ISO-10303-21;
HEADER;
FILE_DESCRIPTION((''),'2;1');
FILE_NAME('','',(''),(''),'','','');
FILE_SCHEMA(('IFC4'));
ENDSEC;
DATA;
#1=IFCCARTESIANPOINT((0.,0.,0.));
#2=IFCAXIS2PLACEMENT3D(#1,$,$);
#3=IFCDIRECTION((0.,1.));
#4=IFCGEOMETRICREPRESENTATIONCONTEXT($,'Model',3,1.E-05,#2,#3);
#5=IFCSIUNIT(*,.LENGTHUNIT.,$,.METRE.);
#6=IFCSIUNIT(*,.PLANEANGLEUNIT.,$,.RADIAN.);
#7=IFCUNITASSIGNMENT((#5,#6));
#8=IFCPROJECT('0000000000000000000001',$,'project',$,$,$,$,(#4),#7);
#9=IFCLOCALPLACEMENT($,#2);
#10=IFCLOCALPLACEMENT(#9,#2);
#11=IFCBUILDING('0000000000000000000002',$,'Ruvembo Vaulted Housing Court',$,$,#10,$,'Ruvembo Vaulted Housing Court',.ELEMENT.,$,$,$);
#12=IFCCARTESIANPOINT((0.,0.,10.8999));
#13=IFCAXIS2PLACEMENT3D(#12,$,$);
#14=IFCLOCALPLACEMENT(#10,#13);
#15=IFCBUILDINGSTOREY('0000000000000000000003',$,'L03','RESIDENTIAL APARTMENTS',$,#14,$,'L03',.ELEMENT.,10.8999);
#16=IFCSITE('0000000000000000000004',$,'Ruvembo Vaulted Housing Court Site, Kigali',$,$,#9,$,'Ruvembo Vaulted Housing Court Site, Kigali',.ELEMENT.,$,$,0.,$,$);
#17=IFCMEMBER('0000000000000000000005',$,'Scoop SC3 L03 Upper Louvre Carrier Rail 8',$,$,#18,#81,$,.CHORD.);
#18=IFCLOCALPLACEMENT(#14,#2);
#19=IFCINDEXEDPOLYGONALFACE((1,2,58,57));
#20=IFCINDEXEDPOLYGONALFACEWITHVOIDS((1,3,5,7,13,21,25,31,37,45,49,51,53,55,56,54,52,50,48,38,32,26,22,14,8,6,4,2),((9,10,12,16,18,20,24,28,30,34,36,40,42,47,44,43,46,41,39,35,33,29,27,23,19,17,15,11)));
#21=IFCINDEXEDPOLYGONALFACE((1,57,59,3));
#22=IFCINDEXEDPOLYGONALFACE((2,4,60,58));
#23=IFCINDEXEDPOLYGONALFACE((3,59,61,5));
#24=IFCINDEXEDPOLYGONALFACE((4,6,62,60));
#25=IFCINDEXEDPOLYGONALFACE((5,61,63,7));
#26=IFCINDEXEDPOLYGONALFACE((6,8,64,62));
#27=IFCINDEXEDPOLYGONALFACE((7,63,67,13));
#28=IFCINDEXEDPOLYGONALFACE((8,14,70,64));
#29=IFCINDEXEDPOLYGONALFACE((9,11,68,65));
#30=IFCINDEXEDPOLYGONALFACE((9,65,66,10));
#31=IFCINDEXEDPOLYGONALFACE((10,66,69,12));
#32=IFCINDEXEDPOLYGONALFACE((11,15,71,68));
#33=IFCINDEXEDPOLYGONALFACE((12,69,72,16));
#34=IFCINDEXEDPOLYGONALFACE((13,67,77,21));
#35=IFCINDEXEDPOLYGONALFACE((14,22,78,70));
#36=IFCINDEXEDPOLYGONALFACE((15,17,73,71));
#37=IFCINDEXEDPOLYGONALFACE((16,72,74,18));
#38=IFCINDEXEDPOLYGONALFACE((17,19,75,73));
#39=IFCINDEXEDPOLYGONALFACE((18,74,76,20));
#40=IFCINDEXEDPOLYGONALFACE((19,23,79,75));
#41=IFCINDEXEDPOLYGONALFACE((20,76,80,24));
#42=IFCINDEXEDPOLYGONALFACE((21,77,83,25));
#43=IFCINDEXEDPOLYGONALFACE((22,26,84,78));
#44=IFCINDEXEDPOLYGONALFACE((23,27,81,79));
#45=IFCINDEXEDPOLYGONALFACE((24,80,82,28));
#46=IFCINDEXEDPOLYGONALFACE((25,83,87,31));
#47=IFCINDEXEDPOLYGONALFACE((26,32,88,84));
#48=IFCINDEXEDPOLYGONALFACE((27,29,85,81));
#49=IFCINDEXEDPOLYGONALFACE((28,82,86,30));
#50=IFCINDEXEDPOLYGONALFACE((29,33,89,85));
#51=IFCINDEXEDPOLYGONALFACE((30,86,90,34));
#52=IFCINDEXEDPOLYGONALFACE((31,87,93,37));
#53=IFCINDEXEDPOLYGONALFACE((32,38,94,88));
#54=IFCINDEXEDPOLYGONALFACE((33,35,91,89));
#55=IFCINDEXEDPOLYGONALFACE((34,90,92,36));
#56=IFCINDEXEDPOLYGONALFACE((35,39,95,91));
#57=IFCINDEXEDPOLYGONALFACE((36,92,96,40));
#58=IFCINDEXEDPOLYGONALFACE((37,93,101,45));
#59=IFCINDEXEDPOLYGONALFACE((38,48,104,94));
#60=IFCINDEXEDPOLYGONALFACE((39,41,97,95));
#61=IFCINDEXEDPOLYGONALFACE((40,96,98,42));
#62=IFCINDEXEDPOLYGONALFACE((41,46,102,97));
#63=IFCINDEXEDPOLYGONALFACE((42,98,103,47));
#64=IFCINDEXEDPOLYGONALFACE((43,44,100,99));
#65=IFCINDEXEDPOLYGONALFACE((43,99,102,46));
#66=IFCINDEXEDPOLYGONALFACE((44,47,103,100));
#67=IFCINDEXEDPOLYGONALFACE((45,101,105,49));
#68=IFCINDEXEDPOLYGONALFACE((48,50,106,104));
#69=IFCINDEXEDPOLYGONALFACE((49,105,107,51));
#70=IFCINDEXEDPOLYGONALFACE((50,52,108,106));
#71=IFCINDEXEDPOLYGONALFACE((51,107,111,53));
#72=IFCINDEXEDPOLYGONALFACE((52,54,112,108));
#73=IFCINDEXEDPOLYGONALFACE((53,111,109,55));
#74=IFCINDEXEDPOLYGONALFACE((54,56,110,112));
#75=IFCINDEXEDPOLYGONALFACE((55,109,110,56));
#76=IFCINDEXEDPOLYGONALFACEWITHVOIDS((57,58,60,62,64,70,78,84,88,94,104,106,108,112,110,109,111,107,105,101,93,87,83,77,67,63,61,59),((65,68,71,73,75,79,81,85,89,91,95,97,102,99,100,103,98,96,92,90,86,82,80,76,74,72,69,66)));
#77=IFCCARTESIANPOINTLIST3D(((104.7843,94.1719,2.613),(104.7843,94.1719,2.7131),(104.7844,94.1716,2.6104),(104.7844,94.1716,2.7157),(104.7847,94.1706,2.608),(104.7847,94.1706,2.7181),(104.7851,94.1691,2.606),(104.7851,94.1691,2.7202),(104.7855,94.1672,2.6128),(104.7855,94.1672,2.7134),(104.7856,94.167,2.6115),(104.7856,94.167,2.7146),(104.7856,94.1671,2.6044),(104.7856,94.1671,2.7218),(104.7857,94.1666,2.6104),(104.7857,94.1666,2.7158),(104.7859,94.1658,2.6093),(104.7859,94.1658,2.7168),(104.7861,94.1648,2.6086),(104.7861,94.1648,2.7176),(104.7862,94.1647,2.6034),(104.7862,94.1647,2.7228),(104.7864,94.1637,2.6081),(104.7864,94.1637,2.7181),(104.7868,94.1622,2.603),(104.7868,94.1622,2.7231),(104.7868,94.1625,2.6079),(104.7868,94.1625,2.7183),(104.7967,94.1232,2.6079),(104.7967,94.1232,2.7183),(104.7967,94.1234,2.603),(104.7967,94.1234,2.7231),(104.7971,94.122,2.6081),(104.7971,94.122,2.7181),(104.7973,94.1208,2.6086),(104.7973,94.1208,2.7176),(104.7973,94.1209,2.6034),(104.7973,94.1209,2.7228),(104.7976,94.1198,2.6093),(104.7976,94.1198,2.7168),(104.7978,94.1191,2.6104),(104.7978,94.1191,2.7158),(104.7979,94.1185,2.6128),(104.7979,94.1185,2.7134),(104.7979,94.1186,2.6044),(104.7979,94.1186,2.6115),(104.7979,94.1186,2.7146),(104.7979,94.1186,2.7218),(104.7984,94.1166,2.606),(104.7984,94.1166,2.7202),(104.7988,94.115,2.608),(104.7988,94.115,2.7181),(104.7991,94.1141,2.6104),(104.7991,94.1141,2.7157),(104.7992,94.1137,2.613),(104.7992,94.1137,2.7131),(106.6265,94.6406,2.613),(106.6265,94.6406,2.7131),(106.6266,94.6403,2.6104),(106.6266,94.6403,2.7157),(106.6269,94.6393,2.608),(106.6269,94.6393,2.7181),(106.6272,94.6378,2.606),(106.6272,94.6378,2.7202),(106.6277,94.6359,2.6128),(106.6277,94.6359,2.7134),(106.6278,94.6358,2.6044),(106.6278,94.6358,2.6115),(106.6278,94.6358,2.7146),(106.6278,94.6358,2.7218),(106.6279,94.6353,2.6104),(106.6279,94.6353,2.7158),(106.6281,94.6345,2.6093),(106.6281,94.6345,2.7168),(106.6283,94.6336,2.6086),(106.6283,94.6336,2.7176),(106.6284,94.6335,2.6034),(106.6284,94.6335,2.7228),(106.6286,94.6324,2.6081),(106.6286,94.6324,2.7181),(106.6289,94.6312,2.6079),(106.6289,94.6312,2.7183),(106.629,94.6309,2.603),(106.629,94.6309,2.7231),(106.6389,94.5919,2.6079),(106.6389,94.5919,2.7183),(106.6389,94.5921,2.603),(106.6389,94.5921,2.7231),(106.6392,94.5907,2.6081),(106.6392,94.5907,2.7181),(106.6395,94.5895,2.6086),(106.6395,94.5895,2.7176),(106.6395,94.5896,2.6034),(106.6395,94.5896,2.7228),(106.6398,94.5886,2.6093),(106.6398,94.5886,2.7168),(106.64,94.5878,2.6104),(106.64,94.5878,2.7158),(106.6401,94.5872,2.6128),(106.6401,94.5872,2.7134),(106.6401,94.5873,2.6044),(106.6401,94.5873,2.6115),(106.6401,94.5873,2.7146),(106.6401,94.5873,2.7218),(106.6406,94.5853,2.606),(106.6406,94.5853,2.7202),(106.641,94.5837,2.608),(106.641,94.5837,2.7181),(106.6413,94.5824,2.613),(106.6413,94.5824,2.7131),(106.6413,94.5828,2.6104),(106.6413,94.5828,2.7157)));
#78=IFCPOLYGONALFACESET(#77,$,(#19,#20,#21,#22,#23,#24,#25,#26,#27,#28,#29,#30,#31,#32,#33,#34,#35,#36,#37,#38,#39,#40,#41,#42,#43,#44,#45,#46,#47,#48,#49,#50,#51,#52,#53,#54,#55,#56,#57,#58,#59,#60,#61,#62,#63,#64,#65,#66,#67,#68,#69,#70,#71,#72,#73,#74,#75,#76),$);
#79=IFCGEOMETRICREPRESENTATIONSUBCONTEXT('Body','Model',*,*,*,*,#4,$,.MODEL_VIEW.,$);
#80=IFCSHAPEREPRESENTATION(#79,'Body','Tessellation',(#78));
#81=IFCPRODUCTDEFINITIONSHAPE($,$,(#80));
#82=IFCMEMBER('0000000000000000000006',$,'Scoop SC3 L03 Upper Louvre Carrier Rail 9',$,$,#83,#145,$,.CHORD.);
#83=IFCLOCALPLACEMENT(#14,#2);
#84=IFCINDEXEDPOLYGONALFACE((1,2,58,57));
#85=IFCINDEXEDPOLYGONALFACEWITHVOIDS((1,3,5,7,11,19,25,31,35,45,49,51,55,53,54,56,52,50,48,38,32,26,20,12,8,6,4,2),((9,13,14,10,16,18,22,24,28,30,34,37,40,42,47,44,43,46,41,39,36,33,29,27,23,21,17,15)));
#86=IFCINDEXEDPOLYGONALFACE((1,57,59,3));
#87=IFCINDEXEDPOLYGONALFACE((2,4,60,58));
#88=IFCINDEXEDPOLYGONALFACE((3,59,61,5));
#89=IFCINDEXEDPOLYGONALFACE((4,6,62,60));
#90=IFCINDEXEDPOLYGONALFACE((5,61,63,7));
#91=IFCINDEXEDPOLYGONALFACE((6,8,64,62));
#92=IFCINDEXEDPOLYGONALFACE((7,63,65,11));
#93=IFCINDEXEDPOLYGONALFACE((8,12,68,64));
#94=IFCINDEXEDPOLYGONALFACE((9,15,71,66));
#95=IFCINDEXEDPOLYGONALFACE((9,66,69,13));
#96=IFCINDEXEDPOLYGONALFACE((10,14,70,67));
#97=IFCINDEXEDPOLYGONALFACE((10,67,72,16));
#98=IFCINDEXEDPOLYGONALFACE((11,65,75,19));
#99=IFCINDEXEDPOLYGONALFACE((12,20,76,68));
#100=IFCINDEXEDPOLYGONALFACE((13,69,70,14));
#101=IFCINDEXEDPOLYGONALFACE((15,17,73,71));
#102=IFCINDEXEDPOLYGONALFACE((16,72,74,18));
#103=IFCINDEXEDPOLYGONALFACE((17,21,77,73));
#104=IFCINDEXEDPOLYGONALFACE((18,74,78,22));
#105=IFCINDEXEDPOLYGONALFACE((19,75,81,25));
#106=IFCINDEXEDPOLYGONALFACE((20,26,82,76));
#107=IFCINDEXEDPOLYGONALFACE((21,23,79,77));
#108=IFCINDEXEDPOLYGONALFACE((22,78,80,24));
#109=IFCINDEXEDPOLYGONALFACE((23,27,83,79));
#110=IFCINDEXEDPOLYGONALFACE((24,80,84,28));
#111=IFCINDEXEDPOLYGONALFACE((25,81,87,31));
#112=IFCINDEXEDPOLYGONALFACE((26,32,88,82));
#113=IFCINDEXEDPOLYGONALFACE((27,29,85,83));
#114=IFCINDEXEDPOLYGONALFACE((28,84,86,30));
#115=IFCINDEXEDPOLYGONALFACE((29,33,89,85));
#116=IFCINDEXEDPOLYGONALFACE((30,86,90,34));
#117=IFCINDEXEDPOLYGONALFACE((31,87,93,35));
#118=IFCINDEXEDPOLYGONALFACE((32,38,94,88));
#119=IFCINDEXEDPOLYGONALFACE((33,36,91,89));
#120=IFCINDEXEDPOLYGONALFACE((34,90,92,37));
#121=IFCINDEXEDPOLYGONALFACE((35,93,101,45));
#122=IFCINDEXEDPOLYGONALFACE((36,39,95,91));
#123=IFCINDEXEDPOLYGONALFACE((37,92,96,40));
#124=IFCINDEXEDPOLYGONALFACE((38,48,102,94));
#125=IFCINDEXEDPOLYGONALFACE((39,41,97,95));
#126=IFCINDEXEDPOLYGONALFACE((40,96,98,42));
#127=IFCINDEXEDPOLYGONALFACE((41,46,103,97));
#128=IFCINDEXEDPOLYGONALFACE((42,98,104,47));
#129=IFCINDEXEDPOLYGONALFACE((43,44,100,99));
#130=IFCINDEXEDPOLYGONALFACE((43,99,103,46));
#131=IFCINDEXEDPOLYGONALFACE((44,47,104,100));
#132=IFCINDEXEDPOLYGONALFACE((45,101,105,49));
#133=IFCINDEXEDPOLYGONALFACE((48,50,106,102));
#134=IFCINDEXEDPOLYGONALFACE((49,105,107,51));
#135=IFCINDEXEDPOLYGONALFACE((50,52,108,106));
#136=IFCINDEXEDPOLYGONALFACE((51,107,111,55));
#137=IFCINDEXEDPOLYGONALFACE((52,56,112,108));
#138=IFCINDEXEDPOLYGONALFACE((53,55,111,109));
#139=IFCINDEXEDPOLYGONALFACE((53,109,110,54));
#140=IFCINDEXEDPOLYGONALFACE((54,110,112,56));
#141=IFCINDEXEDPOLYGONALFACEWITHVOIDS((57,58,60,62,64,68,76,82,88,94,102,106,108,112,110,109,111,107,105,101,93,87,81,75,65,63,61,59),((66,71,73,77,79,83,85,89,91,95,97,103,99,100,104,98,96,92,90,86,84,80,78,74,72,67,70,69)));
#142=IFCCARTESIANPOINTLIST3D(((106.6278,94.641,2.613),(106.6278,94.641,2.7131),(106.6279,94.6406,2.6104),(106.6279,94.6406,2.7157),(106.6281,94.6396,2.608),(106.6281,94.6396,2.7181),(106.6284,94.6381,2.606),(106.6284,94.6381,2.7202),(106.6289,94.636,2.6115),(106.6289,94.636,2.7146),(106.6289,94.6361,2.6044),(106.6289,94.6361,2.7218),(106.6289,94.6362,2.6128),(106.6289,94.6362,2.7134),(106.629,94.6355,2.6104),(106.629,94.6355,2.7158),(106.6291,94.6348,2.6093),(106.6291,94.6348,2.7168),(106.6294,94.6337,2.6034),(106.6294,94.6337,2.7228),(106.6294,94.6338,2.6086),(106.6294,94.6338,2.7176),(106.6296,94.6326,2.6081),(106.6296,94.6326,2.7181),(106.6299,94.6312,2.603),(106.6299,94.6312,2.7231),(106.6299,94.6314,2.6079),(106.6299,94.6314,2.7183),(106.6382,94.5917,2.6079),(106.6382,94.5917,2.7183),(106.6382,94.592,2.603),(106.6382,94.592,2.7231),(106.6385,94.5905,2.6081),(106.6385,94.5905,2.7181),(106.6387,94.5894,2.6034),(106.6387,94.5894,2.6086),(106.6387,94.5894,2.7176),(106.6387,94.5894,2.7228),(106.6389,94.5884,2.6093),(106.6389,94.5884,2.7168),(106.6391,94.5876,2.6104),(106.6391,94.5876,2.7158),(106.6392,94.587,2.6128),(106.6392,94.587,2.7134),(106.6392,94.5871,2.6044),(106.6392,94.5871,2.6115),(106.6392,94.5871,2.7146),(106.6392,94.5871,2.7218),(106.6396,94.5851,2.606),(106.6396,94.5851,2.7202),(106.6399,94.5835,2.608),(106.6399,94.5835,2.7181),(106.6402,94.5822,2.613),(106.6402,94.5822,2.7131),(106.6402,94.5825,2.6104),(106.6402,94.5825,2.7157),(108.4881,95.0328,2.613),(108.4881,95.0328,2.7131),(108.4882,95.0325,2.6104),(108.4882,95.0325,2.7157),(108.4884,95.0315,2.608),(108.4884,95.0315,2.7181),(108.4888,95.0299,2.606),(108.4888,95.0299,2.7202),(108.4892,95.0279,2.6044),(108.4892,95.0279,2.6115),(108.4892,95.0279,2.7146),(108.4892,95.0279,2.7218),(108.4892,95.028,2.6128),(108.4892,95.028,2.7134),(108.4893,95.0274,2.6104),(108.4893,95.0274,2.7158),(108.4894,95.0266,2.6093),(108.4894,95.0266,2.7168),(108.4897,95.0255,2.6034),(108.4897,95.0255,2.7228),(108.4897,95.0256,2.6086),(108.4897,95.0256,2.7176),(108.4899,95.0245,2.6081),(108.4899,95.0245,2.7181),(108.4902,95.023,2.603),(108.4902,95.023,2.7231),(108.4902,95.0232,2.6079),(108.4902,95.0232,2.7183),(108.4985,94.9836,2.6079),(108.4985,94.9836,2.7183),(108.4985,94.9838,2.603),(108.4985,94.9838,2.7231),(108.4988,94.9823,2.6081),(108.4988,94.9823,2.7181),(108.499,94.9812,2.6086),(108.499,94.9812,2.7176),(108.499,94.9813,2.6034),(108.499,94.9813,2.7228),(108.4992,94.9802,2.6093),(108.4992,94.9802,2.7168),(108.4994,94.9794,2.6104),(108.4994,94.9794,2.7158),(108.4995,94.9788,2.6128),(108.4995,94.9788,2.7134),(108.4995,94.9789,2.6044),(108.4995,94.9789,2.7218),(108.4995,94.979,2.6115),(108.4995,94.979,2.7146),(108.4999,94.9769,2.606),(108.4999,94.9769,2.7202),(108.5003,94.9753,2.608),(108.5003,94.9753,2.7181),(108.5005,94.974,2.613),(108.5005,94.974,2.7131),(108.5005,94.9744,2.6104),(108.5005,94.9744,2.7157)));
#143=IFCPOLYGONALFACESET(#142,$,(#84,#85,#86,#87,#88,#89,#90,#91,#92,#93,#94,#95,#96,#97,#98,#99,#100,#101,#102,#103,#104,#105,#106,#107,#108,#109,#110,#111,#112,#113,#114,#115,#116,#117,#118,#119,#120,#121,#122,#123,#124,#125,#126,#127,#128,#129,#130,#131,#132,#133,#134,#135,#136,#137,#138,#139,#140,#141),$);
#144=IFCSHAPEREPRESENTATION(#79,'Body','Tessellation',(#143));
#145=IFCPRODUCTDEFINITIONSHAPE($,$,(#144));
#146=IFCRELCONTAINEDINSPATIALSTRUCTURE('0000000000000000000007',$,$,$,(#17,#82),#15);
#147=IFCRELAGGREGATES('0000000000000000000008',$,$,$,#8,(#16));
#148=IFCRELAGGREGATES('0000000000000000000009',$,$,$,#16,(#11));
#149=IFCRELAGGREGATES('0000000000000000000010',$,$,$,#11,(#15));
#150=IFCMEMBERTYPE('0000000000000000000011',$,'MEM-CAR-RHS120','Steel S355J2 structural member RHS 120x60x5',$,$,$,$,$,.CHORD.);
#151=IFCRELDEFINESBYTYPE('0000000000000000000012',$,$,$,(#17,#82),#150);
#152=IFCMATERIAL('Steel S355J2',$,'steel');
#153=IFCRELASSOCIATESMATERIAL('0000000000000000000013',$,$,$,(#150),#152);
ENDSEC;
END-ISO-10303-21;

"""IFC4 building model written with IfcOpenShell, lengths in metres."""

from ifc_helpers import new_model, si_unit, direction, frame, origin, origin_2d, place, context, subcontext, project, spatial, hollow_rectangle, extrude, material, material_profile, profile_set, type_object, element, save


model = new_model("IFC4")

# Units and contexts
model_context = context("Model", 3, precision=1e-05, world=origin(), true_north=direction((0.0, 1.0)))
body_context = subcontext(model_context, "Body", "Model", "MODEL_VIEW")
ifc_project = project(units=[si_unit("LENGTHUNIT", "METRE"), si_unit("PLANEANGLEUNIT", "RADIAN")], contexts=[model_context])

# Site, building, storey
site_placement = place(None, origin())
site = spatial("IfcSite", under=ifc_project, at=site_placement, Name="Ruvembo Vaulted Housing Court Site, Kigali", LongName="Ruvembo Vaulted Housing Court Site, Kigali", CompositionType="ELEMENT", RefElevation=0.0)
building_placement = place(site_placement, origin())
building = spatial("IfcBuilding", under=site, at=building_placement, Name="Ruvembo Vaulted Housing Court", LongName="Ruvembo Vaulted Housing Court", CompositionType="ELEMENT")
storey_placement = place(building_placement, frame((0.0, 0.0, 10.8999)))
storey = spatial("IfcBuildingStorey", under=building, at=storey_placement, Name="L03", Description="RESIDENTIAL APARTMENTS", LongName="L03", CompositionType="ELEMENT", Elevation=10.8999)

# Shared definitions
ifc_material_1 = material(Name="Steel S355J2", Category="steel")

# Members
ifc_material_profile_1 = material_profile(ifc_material_1, hollow_rectangle(XDim=0.0601, YDim=0.1201, WallThickness=0.0049, InnerFilletRadius=0.0049, OuterFilletRadius=0.01, at=origin_2d()), Name="RHS 120x60x5")
ifc_profile_set_1 = profile_set([ifc_material_profile_1], Name="Steel S355J2")
member_type_1 = type_object("IfcMemberType", Name="MEM-CAR-RHS120", Description="Steel S355J2 structural member RHS 120x60x5", PredefinedType="CHORD", material=ifc_profile_set_1)
member_1_placement = place(storey_placement, frame((104.7917, 94.1428, 2.6631), z_axis=(0.969122, 0.246583, 0.0), x_axis=(-0.246583, 0.969122, 0.0)))
element("IfcMember", 1, at=member_1_placement, inside=storey, type_object=member_type_1, Name="Scoop SC3 L03 Upper Louvre Carrier Rail 8", PredefinedType="CHORD", context=body_context, shape_type="SweptSolid", body=[
    extrude(hollow_rectangle(XDim=0.0601, YDim=0.1201, WallThickness=0.0049, InnerFilletRadius=0.0049, OuterFilletRadius=0.01, at=origin_2d()), origin(), (0.0, 0.0, 1.0), 1.9009),
])
member_2_placement = place(storey_placement, frame((106.634, 94.6116, 2.6631), z_axis=(0.978529, 0.206108, 0.0), x_axis=(-0.206108, 0.978529, 0.0)))
element("IfcMember", 2, at=member_2_placement, inside=storey, type_object=member_type_1, Name="Scoop SC3 L03 Upper Louvre Carrier Rail 9", PredefinedType="CHORD", context=body_context, shape_type="SweptSolid", body=[
    extrude(hollow_rectangle(XDim=0.0601, YDim=0.1201, WallThickness=0.0049, InnerFilletRadius=0.0049, OuterFilletRadius=0.01, at=origin_2d()), origin(), (0.0, 0.0, 1.0), 1.9011),
])

save(model, "model.ifc")
